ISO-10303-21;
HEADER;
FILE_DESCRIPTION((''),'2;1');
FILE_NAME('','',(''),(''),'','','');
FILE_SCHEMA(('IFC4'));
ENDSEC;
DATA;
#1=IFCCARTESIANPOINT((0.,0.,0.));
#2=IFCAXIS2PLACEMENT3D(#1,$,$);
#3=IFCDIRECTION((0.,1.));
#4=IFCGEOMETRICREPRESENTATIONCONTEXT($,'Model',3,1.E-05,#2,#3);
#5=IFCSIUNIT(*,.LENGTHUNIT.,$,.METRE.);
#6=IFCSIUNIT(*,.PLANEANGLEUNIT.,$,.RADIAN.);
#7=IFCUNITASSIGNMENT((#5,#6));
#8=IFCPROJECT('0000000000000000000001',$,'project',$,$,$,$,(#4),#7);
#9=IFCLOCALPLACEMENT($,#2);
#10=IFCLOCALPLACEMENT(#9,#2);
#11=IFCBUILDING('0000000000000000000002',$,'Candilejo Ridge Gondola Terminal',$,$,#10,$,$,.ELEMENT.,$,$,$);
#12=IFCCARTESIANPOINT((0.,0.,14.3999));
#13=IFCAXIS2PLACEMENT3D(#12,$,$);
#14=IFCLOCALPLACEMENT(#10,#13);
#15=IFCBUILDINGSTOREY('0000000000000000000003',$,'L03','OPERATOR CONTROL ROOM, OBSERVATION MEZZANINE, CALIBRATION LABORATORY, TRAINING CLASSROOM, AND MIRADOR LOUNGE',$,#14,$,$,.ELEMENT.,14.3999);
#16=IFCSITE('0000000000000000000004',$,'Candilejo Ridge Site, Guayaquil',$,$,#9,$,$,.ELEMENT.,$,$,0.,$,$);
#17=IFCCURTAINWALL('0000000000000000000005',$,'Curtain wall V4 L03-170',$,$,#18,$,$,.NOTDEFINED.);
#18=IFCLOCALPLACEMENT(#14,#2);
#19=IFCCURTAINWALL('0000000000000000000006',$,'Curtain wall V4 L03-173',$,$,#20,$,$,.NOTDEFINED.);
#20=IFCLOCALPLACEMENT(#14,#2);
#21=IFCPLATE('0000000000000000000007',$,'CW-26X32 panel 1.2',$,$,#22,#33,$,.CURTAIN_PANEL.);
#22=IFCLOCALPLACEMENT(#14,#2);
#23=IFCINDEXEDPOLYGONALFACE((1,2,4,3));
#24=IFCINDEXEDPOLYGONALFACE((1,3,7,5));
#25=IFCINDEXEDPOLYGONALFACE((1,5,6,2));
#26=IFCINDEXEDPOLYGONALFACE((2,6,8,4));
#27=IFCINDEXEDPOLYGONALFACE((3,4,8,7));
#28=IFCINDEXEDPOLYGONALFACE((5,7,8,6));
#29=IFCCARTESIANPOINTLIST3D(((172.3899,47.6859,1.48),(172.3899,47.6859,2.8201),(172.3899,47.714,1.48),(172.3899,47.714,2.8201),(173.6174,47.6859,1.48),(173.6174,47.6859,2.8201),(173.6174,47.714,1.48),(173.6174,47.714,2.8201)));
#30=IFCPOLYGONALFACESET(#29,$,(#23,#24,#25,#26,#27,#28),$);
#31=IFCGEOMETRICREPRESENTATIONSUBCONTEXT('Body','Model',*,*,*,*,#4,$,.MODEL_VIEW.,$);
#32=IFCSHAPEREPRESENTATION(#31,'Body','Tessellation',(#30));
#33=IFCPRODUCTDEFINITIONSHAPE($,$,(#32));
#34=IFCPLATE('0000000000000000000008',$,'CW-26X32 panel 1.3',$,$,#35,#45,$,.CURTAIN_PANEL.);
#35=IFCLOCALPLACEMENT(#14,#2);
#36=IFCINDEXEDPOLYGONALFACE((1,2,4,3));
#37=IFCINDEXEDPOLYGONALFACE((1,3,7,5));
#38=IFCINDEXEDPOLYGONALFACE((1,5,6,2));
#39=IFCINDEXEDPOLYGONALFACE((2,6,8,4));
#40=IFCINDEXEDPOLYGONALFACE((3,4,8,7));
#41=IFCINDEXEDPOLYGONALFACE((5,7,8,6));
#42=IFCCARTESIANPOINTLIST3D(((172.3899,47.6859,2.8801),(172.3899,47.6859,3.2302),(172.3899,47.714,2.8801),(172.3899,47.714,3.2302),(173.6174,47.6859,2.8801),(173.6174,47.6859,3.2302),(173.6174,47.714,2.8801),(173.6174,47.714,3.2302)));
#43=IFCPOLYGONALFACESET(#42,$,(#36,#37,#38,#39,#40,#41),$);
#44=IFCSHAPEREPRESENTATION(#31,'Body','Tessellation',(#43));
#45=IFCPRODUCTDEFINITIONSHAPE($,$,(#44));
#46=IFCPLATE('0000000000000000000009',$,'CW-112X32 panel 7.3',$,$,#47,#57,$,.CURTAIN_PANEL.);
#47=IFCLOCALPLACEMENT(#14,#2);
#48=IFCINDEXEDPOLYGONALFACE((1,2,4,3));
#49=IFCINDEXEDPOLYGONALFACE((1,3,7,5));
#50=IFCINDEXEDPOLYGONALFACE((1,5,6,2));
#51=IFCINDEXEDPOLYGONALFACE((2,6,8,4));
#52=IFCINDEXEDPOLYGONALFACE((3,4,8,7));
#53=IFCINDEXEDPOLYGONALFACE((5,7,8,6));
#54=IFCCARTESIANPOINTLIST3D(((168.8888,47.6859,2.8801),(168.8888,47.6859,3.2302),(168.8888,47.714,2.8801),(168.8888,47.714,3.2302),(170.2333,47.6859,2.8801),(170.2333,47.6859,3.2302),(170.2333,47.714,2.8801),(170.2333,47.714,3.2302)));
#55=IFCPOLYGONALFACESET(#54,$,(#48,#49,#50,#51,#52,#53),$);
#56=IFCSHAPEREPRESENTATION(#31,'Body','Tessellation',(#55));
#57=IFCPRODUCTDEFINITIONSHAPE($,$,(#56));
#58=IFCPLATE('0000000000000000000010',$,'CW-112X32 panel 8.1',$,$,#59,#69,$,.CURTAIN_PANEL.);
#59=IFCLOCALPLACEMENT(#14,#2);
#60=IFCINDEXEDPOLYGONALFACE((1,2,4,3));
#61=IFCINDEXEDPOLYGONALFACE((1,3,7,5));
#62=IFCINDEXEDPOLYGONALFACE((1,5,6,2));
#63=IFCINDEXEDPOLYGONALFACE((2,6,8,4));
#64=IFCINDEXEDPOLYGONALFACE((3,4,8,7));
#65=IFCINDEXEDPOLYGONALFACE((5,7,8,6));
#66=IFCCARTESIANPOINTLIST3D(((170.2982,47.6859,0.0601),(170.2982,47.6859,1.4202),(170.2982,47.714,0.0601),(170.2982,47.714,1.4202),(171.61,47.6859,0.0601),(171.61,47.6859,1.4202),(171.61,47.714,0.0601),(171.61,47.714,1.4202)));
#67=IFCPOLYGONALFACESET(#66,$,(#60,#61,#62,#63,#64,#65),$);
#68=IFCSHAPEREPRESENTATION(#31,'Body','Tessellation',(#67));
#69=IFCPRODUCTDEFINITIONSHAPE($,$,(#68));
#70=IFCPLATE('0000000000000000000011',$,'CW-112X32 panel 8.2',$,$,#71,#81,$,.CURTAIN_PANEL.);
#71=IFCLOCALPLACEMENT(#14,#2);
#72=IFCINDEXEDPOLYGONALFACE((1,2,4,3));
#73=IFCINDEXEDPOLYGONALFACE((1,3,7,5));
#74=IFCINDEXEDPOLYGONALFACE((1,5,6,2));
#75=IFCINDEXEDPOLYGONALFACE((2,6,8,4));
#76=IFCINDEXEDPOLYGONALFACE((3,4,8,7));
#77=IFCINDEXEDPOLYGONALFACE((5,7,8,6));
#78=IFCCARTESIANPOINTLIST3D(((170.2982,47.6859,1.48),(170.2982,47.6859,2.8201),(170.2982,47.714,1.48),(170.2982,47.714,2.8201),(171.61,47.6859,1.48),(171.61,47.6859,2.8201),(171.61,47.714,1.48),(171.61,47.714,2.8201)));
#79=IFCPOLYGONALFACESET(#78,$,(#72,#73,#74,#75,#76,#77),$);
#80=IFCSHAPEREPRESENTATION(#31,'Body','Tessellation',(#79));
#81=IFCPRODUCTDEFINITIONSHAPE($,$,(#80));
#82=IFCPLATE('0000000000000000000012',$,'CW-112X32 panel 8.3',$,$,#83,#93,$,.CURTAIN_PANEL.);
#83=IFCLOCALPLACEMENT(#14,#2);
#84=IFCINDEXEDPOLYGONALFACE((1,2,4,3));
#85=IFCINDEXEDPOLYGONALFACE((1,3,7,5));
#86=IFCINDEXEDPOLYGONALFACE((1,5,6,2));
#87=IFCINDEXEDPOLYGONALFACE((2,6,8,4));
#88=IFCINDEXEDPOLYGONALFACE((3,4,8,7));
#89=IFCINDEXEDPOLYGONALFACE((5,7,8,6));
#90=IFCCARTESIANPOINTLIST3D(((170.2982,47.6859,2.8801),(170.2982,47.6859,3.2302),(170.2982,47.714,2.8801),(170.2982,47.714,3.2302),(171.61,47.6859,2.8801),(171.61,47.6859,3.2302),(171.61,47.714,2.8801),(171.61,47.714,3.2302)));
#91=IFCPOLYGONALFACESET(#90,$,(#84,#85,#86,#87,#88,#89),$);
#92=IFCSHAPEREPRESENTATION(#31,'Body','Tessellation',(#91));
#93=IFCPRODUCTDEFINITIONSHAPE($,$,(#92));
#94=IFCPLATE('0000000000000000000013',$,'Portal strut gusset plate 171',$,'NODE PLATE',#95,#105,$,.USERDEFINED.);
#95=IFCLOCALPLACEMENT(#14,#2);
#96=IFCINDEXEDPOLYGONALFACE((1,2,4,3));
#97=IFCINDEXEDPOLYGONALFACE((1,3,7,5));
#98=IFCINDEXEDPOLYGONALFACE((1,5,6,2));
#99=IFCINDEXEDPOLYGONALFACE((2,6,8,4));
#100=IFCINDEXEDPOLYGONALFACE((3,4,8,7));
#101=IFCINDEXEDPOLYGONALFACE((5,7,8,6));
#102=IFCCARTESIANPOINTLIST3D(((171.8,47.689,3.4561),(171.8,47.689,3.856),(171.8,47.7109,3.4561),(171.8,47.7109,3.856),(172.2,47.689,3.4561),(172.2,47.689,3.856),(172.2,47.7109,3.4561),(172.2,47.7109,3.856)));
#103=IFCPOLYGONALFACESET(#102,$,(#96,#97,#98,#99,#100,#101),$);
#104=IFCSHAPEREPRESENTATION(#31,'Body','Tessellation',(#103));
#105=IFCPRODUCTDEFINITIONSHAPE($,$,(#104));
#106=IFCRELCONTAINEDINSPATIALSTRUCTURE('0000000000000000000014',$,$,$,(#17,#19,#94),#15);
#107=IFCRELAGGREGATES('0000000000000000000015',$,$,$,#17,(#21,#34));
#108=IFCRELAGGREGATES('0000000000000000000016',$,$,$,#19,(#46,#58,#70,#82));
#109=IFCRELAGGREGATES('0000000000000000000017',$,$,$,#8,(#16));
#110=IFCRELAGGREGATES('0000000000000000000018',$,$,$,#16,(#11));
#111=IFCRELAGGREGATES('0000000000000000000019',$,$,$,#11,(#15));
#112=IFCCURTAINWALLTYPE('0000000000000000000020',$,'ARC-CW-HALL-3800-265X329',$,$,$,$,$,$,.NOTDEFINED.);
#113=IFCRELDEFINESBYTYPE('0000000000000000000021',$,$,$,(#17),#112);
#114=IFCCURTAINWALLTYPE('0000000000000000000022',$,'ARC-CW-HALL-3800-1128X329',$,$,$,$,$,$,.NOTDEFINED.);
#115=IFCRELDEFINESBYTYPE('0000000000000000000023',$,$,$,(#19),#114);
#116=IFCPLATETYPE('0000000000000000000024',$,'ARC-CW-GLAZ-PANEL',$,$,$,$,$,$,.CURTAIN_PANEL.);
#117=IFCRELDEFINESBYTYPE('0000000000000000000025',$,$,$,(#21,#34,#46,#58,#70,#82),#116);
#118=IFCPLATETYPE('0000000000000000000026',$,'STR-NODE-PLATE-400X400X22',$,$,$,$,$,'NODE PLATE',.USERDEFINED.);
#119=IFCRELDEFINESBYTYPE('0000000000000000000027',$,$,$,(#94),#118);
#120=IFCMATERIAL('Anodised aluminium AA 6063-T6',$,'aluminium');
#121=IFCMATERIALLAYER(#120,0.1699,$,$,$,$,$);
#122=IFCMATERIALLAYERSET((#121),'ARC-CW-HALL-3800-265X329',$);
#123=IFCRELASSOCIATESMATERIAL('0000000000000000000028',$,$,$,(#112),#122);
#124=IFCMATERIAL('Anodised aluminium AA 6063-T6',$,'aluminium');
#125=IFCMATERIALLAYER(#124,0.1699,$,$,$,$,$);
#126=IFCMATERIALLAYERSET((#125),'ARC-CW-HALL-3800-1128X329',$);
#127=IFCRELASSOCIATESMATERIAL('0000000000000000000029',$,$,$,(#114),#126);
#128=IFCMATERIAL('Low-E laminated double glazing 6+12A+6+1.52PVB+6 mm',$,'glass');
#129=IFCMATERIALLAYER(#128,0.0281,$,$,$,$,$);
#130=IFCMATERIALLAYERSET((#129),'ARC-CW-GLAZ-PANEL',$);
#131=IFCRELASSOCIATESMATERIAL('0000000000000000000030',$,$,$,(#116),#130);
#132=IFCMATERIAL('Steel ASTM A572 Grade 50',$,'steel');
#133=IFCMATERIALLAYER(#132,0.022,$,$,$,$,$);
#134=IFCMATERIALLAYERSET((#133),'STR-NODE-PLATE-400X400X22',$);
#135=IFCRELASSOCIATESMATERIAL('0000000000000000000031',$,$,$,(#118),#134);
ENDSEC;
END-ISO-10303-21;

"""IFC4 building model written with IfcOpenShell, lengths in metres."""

from ifc_helpers import new_model, si_unit, direction, frame, origin, origin_2d, place, context, subcontext, project, spatial, rectangle, extrude, material, layer, layer_set, type_object, element, aggregate, save


model = new_model("IFC4")

# Units and contexts
model_context = context("Model", 3, precision=1e-05, world=origin(), true_north=direction((0.0, 1.0)))
body_context = subcontext(model_context, "Body", "Model", "MODEL_VIEW")
ifc_project = project(units=[si_unit("LENGTHUNIT", "METRE"), si_unit("PLANEANGLEUNIT", "RADIAN")], contexts=[model_context])

# Site, building, storey
site_placement = place(None, origin())
site = spatial("IfcSite", under=ifc_project, at=site_placement, Name="Candilejo Ridge Site, Guayaquil", CompositionType="ELEMENT", RefElevation=0.0)
building_placement = place(site_placement, origin())
building = spatial("IfcBuilding", under=site, at=building_placement, Name="Candilejo Ridge Gondola Terminal", CompositionType="ELEMENT")
storey_placement = place(building_placement, frame((0.0, 0.0, 14.3999)))
storey = spatial("IfcBuildingStorey", under=building, at=storey_placement, Name="L03", Description="OPERATOR CONTROL ROOM, OBSERVATION MEZZANINE, CALIBRATION LABORATORY, TRAINING CLASSROOM, AND MIRADOR LOUNGE", CompositionType="ELEMENT", Elevation=14.3999)

# Curtain wall
ifc_material_1 = material(Name="Anodised aluminium AA 6063-T6", Category="aluminium")
ifc_layer_1 = layer(ifc_material_1, 0.1699)
ifc_layer_set_1 = layer_set([ifc_layer_1], Name="ARC-CW-HALL-3800-265X329")
curtain_wall_type_1 = type_object("IfcCurtainWallType", Name="ARC-CW-HALL-3800-265X329", PredefinedType="NOTDEFINED", material=ifc_layer_set_1)
curtain_wall_1_placement = place(storey_placement, origin())
curtain_wall_1 = element("IfcCurtainWall", 1, at=curtain_wall_1_placement, inside=storey, type_object=curtain_wall_type_1, Name="Curtain wall V4 L03-170", PredefinedType="NOTDEFINED")

# Curtain wall
ifc_material_2 = material(Name="Anodised aluminium AA 6063-T6", Category="aluminium")
ifc_layer_2 = layer(ifc_material_2, 0.1699)
ifc_layer_set_2 = layer_set([ifc_layer_2], Name="ARC-CW-HALL-3800-1128X329")
curtain_wall_type_2 = type_object("IfcCurtainWallType", Name="ARC-CW-HALL-3800-1128X329", PredefinedType="NOTDEFINED", material=ifc_layer_set_2)
curtain_wall_2_placement = place(storey_placement, origin())
curtain_wall_2 = element("IfcCurtainWall", 2, at=curtain_wall_2_placement, inside=storey, type_object=curtain_wall_type_2, Name="Curtain wall V4 L03-173", PredefinedType="NOTDEFINED")

# Plates
ifc_material_3 = material(Name="Low-E laminated double glazing 6+12A+6+1.52PVB+6 mm", Category="glass")
ifc_layer_3 = layer(ifc_material_3, 0.0281)
ifc_layer_set_3 = layer_set([ifc_layer_3], Name="ARC-CW-GLAZ-PANEL")
plate_type_1 = type_object("IfcPlateType", Name="ARC-CW-GLAZ-PANEL", PredefinedType="CURTAIN_PANEL", material=ifc_layer_set_3)
plate_1_placement = place(storey_placement, frame((173.0037, 47.7, 1.48), z_axis=(0.0, 0.0, 1.0), x_axis=(1.0, 0.0, 0.0)))
plate_1 = element("IfcPlate", 3, at=plate_1_placement, type_object=plate_type_1, Name="CW-26X32 panel 1.2", PredefinedType="CURTAIN_PANEL", context=body_context, shape_type="SweptSolid", body=[
    extrude(rectangle(XDim=1.2275, YDim=0.0281, at=origin_2d()), origin(), (0.0, 0.0, 1.0), 1.3401),
])
plate_2_placement = place(storey_placement, frame((173.0037, 47.7, 2.8801), z_axis=(0.0, 0.0, 1.0), x_axis=(1.0, 0.0, 0.0)))
plate_2 = element("IfcPlate", 4, at=plate_2_placement, type_object=plate_type_1, Name="CW-26X32 panel 1.3", PredefinedType="CURTAIN_PANEL", context=body_context, shape_type="SweptSolid", body=[
    extrude(rectangle(XDim=1.2275, YDim=0.0281, at=origin_2d()), origin(), (0.0, 0.0, 1.0), 0.3501),
])
aggregate(curtain_wall_1, [plate_1, plate_2])
plate_3_placement = place(storey_placement, frame((169.561, 47.7, 2.8801), z_axis=(0.0, 0.0, 1.0), x_axis=(1.0, 0.0, 0.0)))
plate_3 = element("IfcPlate", 5, at=plate_3_placement, type_object=plate_type_1, Name="CW-112X32 panel 7.3", PredefinedType="CURTAIN_PANEL", context=body_context, shape_type="SweptSolid", body=[
    extrude(rectangle(XDim=1.3445, YDim=0.0281, at=origin_2d()), origin(), (0.0, 0.0, 1.0), 0.3501),
])
plate_4_placement = place(storey_placement, frame((170.9541, 47.7, 0.0601), z_axis=(0.0, 0.0, 1.0), x_axis=(1.0, 0.0, 0.0)))
plate_4 = element("IfcPlate", 6, at=plate_4_placement, type_object=plate_type_1, Name="CW-112X32 panel 8.1", PredefinedType="CURTAIN_PANEL", context=body_context, shape_type="SweptSolid", body=[
    extrude(rectangle(XDim=1.3118, YDim=0.0281, at=origin_2d()), origin(), (0.0, 0.0, 1.0), 1.3601),
])
plate_5_placement = place(storey_placement, frame((170.9541, 47.7, 1.48), z_axis=(0.0, 0.0, 1.0), x_axis=(1.0, 0.0, 0.0)))
plate_5 = element("IfcPlate", 7, at=plate_5_placement, type_object=plate_type_1, Name="CW-112X32 panel 8.2", PredefinedType="CURTAIN_PANEL", context=body_context, shape_type="SweptSolid", body=[
    extrude(rectangle(XDim=1.3118, YDim=0.0281, at=origin_2d()), origin(), (0.0, 0.0, 1.0), 1.3401),
])
plate_6_placement = place(storey_placement, frame((170.9541, 47.7, 2.8801), z_axis=(0.0, 0.0, 1.0), x_axis=(1.0, 0.0, 0.0)))
plate_6 = element("IfcPlate", 8, at=plate_6_placement, type_object=plate_type_1, Name="CW-112X32 panel 8.3", PredefinedType="CURTAIN_PANEL", context=body_context, shape_type="SweptSolid", body=[
    extrude(rectangle(XDim=1.3118, YDim=0.0281, at=origin_2d()), origin(), (0.0, 0.0, 1.0), 0.3501),
])
aggregate(curtain_wall_2, [plate_3, plate_4, plate_5, plate_6])
ifc_material_4 = material(Name="Steel ASTM A572 Grade 50", Category="steel")
ifc_layer_4 = layer(ifc_material_4, 0.022)
ifc_layer_set_4 = layer_set([ifc_layer_4], Name="STR-NODE-PLATE-400X400X22")
plate_type_2 = type_object("IfcPlateType", Name="STR-NODE-PLATE-400X400X22", ElementType="NODE PLATE", PredefinedType="USERDEFINED", material=ifc_layer_set_4)
plate_7_placement = place(storey_placement, frame((172.0, 47.7, 3.4561), z_axis=(0.0, 0.0, 1.0), x_axis=(1.0, 0.0, 0.0)))
element("IfcPlate", 9, at=plate_7_placement, inside=storey, type_object=plate_type_2, Name="Portal strut gusset plate 171", ObjectType="NODE PLATE", PredefinedType="USERDEFINED", context=body_context, shape_type="SweptSolid", body=[
    extrude(rectangle(XDim=0.3999, YDim=0.022, at=origin_2d()), origin(), (0.0, 0.0, 1.0), 0.3999),
])

save(model, "model.ifc")
